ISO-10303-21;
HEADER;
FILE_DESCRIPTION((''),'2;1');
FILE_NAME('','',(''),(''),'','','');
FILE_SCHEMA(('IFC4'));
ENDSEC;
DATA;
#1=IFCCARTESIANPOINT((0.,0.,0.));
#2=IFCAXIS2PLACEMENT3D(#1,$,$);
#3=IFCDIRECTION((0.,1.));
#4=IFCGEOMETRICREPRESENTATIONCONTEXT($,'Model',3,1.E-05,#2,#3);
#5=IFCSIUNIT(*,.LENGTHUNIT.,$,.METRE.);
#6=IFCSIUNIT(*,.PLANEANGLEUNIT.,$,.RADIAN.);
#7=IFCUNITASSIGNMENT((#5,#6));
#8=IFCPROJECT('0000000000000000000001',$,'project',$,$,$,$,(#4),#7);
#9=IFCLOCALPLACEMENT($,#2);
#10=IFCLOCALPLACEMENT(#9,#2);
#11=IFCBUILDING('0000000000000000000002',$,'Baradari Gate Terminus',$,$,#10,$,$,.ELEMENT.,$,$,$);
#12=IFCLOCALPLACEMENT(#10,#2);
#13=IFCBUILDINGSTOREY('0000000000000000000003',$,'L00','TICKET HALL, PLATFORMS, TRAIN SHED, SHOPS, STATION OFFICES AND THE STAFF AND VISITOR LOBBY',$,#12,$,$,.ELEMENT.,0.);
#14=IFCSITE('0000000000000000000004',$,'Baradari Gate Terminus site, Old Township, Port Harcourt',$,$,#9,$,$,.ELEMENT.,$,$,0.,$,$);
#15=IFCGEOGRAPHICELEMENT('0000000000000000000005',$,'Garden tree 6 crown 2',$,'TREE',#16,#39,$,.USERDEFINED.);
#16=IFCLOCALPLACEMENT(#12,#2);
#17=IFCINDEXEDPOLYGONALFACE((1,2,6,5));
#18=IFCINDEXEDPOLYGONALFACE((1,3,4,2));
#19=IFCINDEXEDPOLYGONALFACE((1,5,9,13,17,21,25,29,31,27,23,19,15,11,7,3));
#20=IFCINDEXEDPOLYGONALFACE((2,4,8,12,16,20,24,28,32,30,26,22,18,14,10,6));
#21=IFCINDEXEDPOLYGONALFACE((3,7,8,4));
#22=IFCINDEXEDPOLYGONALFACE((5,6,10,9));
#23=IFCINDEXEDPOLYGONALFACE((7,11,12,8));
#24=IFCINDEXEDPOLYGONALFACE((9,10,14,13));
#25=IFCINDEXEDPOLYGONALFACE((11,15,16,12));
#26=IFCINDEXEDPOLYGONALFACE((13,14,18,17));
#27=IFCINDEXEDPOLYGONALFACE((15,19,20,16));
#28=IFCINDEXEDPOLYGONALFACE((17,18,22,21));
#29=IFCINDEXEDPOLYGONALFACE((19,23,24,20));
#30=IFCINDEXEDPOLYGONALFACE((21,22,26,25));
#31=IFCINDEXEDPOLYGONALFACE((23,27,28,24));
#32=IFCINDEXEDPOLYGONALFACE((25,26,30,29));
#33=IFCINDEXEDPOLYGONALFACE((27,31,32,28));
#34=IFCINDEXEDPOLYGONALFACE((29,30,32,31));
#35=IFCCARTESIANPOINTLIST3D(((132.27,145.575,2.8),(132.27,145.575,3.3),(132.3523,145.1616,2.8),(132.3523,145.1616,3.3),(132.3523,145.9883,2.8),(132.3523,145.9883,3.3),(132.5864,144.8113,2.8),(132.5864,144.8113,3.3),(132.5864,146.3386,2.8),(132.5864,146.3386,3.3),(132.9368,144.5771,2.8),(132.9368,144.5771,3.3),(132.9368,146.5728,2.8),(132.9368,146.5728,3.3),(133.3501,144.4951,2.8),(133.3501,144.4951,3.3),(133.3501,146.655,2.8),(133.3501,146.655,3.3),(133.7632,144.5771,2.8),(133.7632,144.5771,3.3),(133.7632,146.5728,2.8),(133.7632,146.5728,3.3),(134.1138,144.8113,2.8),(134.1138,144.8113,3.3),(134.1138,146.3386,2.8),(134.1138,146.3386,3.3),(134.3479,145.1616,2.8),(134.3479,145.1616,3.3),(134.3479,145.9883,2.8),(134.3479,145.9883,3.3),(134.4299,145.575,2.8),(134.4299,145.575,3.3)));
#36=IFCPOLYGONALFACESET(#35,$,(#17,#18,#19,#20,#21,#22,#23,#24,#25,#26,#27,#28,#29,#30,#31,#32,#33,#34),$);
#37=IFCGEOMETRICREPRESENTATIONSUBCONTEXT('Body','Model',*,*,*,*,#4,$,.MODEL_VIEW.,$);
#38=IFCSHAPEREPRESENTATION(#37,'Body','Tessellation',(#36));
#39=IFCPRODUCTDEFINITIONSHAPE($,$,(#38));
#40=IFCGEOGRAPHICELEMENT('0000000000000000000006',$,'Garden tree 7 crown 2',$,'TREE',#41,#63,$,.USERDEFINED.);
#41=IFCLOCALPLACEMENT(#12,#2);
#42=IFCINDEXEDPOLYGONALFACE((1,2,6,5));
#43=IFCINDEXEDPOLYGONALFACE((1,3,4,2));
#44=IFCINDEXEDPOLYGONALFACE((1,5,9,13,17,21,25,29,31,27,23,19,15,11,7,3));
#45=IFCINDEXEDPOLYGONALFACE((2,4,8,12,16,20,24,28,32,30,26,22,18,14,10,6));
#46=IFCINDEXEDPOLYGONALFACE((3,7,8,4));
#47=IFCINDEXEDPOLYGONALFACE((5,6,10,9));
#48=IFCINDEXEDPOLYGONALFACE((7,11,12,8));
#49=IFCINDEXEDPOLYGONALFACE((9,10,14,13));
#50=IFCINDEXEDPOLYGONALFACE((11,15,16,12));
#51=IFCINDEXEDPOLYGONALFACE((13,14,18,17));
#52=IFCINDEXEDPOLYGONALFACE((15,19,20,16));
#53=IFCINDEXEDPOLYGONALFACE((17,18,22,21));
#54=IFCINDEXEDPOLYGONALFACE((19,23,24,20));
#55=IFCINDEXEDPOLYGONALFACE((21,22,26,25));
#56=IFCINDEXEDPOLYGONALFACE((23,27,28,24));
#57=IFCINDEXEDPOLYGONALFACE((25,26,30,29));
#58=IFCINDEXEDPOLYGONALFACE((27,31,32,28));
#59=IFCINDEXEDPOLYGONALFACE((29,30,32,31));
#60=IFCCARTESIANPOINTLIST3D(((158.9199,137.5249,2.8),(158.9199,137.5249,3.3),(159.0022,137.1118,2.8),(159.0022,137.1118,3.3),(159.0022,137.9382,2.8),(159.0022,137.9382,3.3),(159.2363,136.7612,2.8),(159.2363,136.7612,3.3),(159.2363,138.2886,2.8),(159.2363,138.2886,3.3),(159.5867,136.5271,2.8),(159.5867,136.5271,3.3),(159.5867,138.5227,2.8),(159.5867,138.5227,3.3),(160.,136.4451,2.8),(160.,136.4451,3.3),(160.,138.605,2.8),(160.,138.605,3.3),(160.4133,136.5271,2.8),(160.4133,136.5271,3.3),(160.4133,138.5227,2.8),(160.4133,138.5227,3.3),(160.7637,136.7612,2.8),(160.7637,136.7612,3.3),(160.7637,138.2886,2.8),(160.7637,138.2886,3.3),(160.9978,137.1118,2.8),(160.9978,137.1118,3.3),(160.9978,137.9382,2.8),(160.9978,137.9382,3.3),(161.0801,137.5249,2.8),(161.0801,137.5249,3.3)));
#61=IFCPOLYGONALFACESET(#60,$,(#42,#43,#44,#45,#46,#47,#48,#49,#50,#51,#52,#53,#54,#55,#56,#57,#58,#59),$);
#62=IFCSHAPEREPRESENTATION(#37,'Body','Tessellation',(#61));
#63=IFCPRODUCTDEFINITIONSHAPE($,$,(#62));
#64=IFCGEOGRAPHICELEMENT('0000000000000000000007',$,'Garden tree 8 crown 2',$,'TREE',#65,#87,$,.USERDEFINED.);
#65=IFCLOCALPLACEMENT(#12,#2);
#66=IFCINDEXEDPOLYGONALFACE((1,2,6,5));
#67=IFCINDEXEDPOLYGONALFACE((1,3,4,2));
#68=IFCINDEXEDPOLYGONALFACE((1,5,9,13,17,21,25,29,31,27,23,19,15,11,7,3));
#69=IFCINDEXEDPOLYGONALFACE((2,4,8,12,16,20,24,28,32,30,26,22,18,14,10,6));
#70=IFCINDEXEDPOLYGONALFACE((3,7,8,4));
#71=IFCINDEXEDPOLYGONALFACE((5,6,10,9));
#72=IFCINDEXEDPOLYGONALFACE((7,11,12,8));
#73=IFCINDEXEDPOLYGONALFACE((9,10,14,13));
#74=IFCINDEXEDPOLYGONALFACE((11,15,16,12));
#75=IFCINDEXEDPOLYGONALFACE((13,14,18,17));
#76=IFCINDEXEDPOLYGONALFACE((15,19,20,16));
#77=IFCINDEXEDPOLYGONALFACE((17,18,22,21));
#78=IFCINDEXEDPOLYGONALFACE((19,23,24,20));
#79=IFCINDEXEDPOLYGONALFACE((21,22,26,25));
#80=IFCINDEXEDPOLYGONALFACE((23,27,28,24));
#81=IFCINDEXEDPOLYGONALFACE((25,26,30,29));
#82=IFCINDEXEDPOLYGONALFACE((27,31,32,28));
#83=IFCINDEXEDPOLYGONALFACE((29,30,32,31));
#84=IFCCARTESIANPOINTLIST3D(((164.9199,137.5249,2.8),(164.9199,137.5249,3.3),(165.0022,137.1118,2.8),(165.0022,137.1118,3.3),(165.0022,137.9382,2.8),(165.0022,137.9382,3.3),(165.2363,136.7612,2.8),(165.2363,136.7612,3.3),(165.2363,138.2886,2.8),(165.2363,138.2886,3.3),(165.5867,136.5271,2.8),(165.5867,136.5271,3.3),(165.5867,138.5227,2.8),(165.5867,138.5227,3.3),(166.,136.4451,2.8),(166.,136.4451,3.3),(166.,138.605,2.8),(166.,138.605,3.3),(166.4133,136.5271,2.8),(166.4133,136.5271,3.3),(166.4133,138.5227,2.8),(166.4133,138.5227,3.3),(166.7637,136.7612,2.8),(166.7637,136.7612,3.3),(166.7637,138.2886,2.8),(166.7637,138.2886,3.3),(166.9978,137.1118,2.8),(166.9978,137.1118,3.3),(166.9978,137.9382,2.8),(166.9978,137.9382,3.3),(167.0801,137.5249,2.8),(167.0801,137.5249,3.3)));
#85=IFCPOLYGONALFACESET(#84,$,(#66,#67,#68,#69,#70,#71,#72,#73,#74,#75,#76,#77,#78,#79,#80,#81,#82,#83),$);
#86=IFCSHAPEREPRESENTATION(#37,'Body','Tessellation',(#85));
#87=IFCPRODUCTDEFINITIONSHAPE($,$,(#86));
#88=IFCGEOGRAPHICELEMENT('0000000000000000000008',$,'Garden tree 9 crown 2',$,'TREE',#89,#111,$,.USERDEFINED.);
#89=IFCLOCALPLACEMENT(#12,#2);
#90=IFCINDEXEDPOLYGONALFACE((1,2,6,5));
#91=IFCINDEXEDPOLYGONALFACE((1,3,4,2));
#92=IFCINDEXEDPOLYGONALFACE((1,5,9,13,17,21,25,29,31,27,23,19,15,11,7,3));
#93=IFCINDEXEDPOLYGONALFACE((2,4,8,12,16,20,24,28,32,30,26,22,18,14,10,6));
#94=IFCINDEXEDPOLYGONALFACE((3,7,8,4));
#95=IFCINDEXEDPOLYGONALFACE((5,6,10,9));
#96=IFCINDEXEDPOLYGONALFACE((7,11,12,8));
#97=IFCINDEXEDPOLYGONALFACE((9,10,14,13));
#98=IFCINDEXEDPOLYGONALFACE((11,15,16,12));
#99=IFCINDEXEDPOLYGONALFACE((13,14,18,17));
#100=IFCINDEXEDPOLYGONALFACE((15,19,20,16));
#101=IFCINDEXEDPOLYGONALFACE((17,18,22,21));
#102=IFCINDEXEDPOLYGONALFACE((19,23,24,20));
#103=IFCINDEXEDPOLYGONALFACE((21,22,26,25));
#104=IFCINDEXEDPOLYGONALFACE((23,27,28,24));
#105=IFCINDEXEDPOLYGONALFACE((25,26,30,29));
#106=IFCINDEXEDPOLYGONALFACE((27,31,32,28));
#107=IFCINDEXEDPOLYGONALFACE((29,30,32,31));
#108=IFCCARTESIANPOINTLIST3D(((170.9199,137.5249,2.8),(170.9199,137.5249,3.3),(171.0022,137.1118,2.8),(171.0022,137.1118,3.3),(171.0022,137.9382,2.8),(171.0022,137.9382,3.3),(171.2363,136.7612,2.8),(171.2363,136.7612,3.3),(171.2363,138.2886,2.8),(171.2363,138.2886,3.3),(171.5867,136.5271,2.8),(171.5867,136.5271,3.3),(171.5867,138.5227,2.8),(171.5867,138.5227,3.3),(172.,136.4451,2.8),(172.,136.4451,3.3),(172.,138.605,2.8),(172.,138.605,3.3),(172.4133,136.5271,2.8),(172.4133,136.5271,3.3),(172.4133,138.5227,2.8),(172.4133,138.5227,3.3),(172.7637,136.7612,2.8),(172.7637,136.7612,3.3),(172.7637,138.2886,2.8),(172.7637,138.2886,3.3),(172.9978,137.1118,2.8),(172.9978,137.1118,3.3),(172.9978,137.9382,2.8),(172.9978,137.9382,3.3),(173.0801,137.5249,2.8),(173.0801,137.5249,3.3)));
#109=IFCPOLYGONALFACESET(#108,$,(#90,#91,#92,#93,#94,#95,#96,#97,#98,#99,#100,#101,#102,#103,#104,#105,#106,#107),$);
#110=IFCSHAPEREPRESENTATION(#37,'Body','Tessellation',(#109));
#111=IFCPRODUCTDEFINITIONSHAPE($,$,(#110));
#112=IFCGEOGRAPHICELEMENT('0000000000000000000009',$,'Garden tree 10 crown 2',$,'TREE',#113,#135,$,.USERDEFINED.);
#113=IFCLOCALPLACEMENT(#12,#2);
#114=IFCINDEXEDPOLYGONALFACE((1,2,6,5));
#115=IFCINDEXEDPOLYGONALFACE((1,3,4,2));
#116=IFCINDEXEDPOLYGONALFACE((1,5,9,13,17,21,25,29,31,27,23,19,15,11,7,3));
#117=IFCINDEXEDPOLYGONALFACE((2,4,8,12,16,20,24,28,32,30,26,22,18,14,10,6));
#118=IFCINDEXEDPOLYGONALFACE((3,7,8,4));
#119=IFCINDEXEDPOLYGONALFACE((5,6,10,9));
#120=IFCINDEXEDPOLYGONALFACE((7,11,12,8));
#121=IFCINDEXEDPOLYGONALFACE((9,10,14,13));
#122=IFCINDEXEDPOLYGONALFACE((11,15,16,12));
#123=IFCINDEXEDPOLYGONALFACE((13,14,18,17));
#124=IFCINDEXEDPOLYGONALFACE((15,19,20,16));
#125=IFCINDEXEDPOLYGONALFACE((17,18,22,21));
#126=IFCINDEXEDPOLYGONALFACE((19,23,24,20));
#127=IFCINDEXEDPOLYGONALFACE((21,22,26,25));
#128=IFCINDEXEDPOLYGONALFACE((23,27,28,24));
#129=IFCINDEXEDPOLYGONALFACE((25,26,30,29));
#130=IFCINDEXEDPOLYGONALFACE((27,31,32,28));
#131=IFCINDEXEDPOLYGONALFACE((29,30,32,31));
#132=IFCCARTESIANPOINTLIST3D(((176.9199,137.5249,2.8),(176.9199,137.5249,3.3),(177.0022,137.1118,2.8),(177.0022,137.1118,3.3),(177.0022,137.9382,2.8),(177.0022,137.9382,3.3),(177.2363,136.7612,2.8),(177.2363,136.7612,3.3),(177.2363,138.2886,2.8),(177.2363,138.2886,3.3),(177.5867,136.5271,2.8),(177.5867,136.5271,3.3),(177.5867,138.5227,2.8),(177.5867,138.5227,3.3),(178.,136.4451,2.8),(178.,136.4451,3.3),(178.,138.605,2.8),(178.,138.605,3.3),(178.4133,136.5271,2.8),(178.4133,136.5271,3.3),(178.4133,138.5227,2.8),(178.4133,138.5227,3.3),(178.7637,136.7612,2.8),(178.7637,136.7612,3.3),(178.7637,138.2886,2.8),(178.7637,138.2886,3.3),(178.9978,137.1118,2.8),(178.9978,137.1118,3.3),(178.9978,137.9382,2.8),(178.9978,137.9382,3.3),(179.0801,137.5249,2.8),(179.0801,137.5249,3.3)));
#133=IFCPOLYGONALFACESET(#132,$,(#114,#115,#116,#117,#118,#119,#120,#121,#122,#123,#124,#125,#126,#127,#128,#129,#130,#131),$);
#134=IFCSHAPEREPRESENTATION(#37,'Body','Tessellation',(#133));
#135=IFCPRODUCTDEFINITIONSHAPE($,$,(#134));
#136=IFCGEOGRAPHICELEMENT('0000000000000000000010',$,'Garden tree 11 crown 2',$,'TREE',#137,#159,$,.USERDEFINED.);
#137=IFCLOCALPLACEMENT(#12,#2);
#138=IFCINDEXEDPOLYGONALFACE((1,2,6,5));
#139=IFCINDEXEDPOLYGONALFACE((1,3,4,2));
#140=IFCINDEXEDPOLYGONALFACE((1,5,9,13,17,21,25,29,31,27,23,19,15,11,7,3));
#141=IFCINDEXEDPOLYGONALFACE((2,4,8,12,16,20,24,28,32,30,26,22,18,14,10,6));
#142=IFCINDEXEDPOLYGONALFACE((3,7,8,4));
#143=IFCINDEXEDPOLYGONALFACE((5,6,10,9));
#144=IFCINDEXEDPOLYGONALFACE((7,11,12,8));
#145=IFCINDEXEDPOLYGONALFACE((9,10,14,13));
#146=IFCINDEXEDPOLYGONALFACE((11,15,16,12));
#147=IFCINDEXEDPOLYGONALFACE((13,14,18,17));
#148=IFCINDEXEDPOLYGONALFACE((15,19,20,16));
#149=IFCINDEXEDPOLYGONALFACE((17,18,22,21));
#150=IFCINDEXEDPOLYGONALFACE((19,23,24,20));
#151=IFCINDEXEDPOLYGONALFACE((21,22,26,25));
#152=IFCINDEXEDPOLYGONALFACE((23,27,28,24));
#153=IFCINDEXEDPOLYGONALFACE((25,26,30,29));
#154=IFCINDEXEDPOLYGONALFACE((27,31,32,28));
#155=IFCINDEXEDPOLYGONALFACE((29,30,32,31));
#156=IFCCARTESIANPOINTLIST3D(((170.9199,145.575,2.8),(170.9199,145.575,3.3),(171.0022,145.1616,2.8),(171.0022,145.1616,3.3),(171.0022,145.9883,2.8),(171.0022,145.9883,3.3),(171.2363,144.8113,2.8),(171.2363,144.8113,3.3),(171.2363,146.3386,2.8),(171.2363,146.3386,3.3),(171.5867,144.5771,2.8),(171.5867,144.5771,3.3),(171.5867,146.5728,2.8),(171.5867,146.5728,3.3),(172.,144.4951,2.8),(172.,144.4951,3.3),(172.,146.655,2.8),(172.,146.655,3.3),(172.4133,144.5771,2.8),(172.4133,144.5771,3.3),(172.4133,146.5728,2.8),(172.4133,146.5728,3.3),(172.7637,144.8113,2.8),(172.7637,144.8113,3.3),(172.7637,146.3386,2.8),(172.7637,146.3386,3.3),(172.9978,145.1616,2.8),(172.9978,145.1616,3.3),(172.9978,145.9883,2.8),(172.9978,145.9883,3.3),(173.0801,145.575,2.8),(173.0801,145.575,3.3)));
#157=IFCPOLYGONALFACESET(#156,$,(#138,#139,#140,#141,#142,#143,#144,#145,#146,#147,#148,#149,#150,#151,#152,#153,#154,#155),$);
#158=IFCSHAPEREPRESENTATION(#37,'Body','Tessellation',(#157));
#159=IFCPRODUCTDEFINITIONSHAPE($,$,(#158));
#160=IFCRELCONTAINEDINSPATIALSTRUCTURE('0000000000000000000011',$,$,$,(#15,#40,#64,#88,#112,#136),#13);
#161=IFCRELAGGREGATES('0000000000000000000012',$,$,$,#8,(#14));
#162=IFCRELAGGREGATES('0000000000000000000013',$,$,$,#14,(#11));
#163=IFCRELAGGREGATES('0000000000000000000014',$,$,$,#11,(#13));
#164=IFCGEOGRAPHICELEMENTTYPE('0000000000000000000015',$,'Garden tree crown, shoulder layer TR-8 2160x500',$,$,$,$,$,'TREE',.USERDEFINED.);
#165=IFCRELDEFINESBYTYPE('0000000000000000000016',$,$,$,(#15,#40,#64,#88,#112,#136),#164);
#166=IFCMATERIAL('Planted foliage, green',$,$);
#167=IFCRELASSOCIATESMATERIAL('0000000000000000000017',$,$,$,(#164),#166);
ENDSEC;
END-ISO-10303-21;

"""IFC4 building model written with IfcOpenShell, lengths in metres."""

from ifc_helpers import new_model, si_unit, direction, frame, origin, place, context, subcontext, project, spatial, polyline, outline, extrude, material, type_object, element, save


model = new_model("IFC4")

# Units and contexts
model_context = context("Model", 3, precision=1e-05, world=origin(), true_north=direction((0.0, 1.0)))
body_context = subcontext(model_context, "Body", "Model", "MODEL_VIEW")
ifc_project = project(units=[si_unit("LENGTHUNIT", "METRE"), si_unit("PLANEANGLEUNIT", "RADIAN")], contexts=[model_context])

# Site, building, storey
site_placement = place(None, origin())
site = spatial("IfcSite", under=ifc_project, at=site_placement, Name="Baradari Gate Terminus site, Old Township, Port Harcourt", CompositionType="ELEMENT", RefElevation=0.0)
building_placement = place(site_placement, origin())
building = spatial("IfcBuilding", under=site, at=building_placement, Name="Baradari Gate Terminus", CompositionType="ELEMENT")
storey_placement = place(building_placement, origin())
storey = spatial("IfcBuildingStorey", under=building, at=storey_placement, Name="L00", Description="TICKET HALL, PLATFORMS, TRAIN SHED, SHOPS, STATION OFFICES AND THE STAFF AND VISITOR LOBBY", CompositionType="ELEMENT", Elevation=0.0)

# Geographic elements
ifc_material_1 = material(Name="Planted foliage, green")
geographic_element_type_1 = type_object("IfcGeographicElementType", Name="Garden tree crown, shoulder layer TR-8 2160x500", ElementType="TREE", PredefinedType="USERDEFINED", material=ifc_material_1)
geographic_element_1_placement = place(storey_placement, frame((0.0, 0.0, 2.8)))
element("IfcGeographicElement", 1, at=geographic_element_1_placement, inside=storey, type_object=geographic_element_type_1, Name="Garden tree 6 crown 2", ObjectType="TREE", PredefinedType="USERDEFINED", context=body_context, shape_type="SweptSolid", body=[
    extrude(outline(polyline([(134.4299, 145.575), (134.3479, 145.9883), (134.1138, 146.3386), (133.7632, 146.5728), (133.3501, 146.655), (132.9368, 146.5728), (132.5864, 146.3386), (132.3523, 145.9883), (132.27, 145.575), (132.3523, 145.1616), (132.5864, 144.8113), (132.9368, 144.5771), (133.3501, 144.4951), (133.7632, 144.5771), (134.1138, 144.8113), (134.3479, 145.1616), (134.4299, 145.575)])), origin(), (0.0, 0.0, 1.0), 0.5),
])
geographic_element_2_placement = place(storey_placement, frame((0.0, 0.0, 2.8)))
element("IfcGeographicElement", 2, at=geographic_element_2_placement, inside=storey, type_object=geographic_element_type_1, Name="Garden tree 7 crown 2", ObjectType="TREE", PredefinedType="USERDEFINED", context=body_context, shape_type="SweptSolid", body=[
    extrude(outline(polyline([(161.0801, 137.5249), (160.9978, 137.9382), (160.7637, 138.2886), (160.4133, 138.5227), (160.0, 138.605), (159.5867, 138.5227), (159.2363, 138.2886), (159.0022, 137.9382), (158.9199, 137.5249), (159.0022, 137.1118), (159.2363, 136.7612), (159.5867, 136.5271), (160.0, 136.4451), (160.4133, 136.5271), (160.7637, 136.7612), (160.9978, 137.1118), (161.0801, 137.5249)])), origin(), (0.0, 0.0, 1.0), 0.5),
])
geographic_element_3_placement = place(storey_placement, frame((0.0, 0.0, 2.8)))
element("IfcGeographicElement", 3, at=geographic_element_3_placement, inside=storey, type_object=geographic_element_type_1, Name="Garden tree 8 crown 2", ObjectType="TREE", PredefinedType="USERDEFINED", context=body_context, shape_type="SweptSolid", body=[
    extrude(outline(polyline([(167.0801, 137.5249), (166.9978, 137.9382), (166.7637, 138.2886), (166.4133, 138.5227), (166.0, 138.605), (165.5867, 138.5227), (165.2363, 138.2886), (165.0022, 137.9382), (164.9199, 137.5249), (165.0022, 137.1118), (165.2363, 136.7612), (165.5867, 136.5271), (166.0, 136.4451), (166.4133, 136.5271), (166.7637, 136.7612), (166.9978, 137.1118), (167.0801, 137.5249)])), origin(), (0.0, 0.0, 1.0), 0.5),
])
geographic_element_4_placement = place(storey_placement, frame((0.0, 0.0, 2.8)))
element("IfcGeographicElement", 4, at=geographic_element_4_placement, inside=storey, type_object=geographic_element_type_1, Name="Garden tree 9 crown 2", ObjectType="TREE", PredefinedType="USERDEFINED", context=body_context, shape_type="SweptSolid", body=[
    extrude(outline(polyline([(173.0801, 137.5249), (172.9978, 137.9382), (172.7637, 138.2886), (172.4133, 138.5227), (172.0, 138.605), (171.5867, 138.5227), (171.2363, 138.2886), (171.0022, 137.9382), (170.9199, 137.5249), (171.0022, 137.1118), (171.2363, 136.7612), (171.5867, 136.5271), (172.0, 136.4451), (172.4133, 136.5271), (172.7637, 136.7612), (172.9978, 137.1118), (173.0801, 137.5249)])), origin(), (0.0, 0.0, 1.0), 0.5),
])
geographic_element_5_placement = place(storey_placement, frame((0.0, 0.0, 2.8)))
element("IfcGeographicElement", 5, at=geographic_element_5_placement, inside=storey, type_object=geographic_element_type_1, Name="Garden tree 10 crown 2", ObjectType="TREE", PredefinedType="USERDEFINED", context=body_context, shape_type="SweptSolid", body=[
    extrude(outline(polyline([(179.0801, 137.5249), (178.9978, 137.9382), (178.7637, 138.2886), (178.4133, 138.5227), (178.0, 138.605), (177.5867, 138.5227), (177.2363, 138.2886), (177.0022, 137.9382), (176.9199, 137.5249), (177.0022, 137.1118), (177.2363, 136.7612), (177.5867, 136.5271), (178.0, 136.4451), (178.4133, 136.5271), (178.7637, 136.7612), (178.9978, 137.1118), (179.0801, 137.5249)])), origin(), (0.0, 0.0, 1.0), 0.5),
])
geographic_element_6_placement = place(storey_placement, frame((0.0, 0.0, 2.8)))
element("IfcGeographicElement", 6, at=geographic_element_6_placement, inside=storey, type_object=geographic_element_type_1, Name="Garden tree 11 crown 2", ObjectType="TREE", PredefinedType="USERDEFINED", context=body_context, shape_type="SweptSolid", body=[
    extrude(outline(polyline([(173.0801, 145.575), (172.9978, 145.9883), (172.7637, 146.3386), (172.4133, 146.5728), (172.0, 146.655), (171.5867, 146.5728), (171.2363, 146.3386), (171.0022, 145.9883), (170.9199, 145.575), (171.0022, 145.1616), (171.2363, 144.8113), (171.5867, 144.5771), (172.0, 144.4951), (172.4133, 144.5771), (172.7637, 144.8113), (172.9978, 145.1616), (173.0801, 145.575)])), origin(), (0.0, 0.0, 1.0), 0.5),
])

save(model, "model.ifc")
